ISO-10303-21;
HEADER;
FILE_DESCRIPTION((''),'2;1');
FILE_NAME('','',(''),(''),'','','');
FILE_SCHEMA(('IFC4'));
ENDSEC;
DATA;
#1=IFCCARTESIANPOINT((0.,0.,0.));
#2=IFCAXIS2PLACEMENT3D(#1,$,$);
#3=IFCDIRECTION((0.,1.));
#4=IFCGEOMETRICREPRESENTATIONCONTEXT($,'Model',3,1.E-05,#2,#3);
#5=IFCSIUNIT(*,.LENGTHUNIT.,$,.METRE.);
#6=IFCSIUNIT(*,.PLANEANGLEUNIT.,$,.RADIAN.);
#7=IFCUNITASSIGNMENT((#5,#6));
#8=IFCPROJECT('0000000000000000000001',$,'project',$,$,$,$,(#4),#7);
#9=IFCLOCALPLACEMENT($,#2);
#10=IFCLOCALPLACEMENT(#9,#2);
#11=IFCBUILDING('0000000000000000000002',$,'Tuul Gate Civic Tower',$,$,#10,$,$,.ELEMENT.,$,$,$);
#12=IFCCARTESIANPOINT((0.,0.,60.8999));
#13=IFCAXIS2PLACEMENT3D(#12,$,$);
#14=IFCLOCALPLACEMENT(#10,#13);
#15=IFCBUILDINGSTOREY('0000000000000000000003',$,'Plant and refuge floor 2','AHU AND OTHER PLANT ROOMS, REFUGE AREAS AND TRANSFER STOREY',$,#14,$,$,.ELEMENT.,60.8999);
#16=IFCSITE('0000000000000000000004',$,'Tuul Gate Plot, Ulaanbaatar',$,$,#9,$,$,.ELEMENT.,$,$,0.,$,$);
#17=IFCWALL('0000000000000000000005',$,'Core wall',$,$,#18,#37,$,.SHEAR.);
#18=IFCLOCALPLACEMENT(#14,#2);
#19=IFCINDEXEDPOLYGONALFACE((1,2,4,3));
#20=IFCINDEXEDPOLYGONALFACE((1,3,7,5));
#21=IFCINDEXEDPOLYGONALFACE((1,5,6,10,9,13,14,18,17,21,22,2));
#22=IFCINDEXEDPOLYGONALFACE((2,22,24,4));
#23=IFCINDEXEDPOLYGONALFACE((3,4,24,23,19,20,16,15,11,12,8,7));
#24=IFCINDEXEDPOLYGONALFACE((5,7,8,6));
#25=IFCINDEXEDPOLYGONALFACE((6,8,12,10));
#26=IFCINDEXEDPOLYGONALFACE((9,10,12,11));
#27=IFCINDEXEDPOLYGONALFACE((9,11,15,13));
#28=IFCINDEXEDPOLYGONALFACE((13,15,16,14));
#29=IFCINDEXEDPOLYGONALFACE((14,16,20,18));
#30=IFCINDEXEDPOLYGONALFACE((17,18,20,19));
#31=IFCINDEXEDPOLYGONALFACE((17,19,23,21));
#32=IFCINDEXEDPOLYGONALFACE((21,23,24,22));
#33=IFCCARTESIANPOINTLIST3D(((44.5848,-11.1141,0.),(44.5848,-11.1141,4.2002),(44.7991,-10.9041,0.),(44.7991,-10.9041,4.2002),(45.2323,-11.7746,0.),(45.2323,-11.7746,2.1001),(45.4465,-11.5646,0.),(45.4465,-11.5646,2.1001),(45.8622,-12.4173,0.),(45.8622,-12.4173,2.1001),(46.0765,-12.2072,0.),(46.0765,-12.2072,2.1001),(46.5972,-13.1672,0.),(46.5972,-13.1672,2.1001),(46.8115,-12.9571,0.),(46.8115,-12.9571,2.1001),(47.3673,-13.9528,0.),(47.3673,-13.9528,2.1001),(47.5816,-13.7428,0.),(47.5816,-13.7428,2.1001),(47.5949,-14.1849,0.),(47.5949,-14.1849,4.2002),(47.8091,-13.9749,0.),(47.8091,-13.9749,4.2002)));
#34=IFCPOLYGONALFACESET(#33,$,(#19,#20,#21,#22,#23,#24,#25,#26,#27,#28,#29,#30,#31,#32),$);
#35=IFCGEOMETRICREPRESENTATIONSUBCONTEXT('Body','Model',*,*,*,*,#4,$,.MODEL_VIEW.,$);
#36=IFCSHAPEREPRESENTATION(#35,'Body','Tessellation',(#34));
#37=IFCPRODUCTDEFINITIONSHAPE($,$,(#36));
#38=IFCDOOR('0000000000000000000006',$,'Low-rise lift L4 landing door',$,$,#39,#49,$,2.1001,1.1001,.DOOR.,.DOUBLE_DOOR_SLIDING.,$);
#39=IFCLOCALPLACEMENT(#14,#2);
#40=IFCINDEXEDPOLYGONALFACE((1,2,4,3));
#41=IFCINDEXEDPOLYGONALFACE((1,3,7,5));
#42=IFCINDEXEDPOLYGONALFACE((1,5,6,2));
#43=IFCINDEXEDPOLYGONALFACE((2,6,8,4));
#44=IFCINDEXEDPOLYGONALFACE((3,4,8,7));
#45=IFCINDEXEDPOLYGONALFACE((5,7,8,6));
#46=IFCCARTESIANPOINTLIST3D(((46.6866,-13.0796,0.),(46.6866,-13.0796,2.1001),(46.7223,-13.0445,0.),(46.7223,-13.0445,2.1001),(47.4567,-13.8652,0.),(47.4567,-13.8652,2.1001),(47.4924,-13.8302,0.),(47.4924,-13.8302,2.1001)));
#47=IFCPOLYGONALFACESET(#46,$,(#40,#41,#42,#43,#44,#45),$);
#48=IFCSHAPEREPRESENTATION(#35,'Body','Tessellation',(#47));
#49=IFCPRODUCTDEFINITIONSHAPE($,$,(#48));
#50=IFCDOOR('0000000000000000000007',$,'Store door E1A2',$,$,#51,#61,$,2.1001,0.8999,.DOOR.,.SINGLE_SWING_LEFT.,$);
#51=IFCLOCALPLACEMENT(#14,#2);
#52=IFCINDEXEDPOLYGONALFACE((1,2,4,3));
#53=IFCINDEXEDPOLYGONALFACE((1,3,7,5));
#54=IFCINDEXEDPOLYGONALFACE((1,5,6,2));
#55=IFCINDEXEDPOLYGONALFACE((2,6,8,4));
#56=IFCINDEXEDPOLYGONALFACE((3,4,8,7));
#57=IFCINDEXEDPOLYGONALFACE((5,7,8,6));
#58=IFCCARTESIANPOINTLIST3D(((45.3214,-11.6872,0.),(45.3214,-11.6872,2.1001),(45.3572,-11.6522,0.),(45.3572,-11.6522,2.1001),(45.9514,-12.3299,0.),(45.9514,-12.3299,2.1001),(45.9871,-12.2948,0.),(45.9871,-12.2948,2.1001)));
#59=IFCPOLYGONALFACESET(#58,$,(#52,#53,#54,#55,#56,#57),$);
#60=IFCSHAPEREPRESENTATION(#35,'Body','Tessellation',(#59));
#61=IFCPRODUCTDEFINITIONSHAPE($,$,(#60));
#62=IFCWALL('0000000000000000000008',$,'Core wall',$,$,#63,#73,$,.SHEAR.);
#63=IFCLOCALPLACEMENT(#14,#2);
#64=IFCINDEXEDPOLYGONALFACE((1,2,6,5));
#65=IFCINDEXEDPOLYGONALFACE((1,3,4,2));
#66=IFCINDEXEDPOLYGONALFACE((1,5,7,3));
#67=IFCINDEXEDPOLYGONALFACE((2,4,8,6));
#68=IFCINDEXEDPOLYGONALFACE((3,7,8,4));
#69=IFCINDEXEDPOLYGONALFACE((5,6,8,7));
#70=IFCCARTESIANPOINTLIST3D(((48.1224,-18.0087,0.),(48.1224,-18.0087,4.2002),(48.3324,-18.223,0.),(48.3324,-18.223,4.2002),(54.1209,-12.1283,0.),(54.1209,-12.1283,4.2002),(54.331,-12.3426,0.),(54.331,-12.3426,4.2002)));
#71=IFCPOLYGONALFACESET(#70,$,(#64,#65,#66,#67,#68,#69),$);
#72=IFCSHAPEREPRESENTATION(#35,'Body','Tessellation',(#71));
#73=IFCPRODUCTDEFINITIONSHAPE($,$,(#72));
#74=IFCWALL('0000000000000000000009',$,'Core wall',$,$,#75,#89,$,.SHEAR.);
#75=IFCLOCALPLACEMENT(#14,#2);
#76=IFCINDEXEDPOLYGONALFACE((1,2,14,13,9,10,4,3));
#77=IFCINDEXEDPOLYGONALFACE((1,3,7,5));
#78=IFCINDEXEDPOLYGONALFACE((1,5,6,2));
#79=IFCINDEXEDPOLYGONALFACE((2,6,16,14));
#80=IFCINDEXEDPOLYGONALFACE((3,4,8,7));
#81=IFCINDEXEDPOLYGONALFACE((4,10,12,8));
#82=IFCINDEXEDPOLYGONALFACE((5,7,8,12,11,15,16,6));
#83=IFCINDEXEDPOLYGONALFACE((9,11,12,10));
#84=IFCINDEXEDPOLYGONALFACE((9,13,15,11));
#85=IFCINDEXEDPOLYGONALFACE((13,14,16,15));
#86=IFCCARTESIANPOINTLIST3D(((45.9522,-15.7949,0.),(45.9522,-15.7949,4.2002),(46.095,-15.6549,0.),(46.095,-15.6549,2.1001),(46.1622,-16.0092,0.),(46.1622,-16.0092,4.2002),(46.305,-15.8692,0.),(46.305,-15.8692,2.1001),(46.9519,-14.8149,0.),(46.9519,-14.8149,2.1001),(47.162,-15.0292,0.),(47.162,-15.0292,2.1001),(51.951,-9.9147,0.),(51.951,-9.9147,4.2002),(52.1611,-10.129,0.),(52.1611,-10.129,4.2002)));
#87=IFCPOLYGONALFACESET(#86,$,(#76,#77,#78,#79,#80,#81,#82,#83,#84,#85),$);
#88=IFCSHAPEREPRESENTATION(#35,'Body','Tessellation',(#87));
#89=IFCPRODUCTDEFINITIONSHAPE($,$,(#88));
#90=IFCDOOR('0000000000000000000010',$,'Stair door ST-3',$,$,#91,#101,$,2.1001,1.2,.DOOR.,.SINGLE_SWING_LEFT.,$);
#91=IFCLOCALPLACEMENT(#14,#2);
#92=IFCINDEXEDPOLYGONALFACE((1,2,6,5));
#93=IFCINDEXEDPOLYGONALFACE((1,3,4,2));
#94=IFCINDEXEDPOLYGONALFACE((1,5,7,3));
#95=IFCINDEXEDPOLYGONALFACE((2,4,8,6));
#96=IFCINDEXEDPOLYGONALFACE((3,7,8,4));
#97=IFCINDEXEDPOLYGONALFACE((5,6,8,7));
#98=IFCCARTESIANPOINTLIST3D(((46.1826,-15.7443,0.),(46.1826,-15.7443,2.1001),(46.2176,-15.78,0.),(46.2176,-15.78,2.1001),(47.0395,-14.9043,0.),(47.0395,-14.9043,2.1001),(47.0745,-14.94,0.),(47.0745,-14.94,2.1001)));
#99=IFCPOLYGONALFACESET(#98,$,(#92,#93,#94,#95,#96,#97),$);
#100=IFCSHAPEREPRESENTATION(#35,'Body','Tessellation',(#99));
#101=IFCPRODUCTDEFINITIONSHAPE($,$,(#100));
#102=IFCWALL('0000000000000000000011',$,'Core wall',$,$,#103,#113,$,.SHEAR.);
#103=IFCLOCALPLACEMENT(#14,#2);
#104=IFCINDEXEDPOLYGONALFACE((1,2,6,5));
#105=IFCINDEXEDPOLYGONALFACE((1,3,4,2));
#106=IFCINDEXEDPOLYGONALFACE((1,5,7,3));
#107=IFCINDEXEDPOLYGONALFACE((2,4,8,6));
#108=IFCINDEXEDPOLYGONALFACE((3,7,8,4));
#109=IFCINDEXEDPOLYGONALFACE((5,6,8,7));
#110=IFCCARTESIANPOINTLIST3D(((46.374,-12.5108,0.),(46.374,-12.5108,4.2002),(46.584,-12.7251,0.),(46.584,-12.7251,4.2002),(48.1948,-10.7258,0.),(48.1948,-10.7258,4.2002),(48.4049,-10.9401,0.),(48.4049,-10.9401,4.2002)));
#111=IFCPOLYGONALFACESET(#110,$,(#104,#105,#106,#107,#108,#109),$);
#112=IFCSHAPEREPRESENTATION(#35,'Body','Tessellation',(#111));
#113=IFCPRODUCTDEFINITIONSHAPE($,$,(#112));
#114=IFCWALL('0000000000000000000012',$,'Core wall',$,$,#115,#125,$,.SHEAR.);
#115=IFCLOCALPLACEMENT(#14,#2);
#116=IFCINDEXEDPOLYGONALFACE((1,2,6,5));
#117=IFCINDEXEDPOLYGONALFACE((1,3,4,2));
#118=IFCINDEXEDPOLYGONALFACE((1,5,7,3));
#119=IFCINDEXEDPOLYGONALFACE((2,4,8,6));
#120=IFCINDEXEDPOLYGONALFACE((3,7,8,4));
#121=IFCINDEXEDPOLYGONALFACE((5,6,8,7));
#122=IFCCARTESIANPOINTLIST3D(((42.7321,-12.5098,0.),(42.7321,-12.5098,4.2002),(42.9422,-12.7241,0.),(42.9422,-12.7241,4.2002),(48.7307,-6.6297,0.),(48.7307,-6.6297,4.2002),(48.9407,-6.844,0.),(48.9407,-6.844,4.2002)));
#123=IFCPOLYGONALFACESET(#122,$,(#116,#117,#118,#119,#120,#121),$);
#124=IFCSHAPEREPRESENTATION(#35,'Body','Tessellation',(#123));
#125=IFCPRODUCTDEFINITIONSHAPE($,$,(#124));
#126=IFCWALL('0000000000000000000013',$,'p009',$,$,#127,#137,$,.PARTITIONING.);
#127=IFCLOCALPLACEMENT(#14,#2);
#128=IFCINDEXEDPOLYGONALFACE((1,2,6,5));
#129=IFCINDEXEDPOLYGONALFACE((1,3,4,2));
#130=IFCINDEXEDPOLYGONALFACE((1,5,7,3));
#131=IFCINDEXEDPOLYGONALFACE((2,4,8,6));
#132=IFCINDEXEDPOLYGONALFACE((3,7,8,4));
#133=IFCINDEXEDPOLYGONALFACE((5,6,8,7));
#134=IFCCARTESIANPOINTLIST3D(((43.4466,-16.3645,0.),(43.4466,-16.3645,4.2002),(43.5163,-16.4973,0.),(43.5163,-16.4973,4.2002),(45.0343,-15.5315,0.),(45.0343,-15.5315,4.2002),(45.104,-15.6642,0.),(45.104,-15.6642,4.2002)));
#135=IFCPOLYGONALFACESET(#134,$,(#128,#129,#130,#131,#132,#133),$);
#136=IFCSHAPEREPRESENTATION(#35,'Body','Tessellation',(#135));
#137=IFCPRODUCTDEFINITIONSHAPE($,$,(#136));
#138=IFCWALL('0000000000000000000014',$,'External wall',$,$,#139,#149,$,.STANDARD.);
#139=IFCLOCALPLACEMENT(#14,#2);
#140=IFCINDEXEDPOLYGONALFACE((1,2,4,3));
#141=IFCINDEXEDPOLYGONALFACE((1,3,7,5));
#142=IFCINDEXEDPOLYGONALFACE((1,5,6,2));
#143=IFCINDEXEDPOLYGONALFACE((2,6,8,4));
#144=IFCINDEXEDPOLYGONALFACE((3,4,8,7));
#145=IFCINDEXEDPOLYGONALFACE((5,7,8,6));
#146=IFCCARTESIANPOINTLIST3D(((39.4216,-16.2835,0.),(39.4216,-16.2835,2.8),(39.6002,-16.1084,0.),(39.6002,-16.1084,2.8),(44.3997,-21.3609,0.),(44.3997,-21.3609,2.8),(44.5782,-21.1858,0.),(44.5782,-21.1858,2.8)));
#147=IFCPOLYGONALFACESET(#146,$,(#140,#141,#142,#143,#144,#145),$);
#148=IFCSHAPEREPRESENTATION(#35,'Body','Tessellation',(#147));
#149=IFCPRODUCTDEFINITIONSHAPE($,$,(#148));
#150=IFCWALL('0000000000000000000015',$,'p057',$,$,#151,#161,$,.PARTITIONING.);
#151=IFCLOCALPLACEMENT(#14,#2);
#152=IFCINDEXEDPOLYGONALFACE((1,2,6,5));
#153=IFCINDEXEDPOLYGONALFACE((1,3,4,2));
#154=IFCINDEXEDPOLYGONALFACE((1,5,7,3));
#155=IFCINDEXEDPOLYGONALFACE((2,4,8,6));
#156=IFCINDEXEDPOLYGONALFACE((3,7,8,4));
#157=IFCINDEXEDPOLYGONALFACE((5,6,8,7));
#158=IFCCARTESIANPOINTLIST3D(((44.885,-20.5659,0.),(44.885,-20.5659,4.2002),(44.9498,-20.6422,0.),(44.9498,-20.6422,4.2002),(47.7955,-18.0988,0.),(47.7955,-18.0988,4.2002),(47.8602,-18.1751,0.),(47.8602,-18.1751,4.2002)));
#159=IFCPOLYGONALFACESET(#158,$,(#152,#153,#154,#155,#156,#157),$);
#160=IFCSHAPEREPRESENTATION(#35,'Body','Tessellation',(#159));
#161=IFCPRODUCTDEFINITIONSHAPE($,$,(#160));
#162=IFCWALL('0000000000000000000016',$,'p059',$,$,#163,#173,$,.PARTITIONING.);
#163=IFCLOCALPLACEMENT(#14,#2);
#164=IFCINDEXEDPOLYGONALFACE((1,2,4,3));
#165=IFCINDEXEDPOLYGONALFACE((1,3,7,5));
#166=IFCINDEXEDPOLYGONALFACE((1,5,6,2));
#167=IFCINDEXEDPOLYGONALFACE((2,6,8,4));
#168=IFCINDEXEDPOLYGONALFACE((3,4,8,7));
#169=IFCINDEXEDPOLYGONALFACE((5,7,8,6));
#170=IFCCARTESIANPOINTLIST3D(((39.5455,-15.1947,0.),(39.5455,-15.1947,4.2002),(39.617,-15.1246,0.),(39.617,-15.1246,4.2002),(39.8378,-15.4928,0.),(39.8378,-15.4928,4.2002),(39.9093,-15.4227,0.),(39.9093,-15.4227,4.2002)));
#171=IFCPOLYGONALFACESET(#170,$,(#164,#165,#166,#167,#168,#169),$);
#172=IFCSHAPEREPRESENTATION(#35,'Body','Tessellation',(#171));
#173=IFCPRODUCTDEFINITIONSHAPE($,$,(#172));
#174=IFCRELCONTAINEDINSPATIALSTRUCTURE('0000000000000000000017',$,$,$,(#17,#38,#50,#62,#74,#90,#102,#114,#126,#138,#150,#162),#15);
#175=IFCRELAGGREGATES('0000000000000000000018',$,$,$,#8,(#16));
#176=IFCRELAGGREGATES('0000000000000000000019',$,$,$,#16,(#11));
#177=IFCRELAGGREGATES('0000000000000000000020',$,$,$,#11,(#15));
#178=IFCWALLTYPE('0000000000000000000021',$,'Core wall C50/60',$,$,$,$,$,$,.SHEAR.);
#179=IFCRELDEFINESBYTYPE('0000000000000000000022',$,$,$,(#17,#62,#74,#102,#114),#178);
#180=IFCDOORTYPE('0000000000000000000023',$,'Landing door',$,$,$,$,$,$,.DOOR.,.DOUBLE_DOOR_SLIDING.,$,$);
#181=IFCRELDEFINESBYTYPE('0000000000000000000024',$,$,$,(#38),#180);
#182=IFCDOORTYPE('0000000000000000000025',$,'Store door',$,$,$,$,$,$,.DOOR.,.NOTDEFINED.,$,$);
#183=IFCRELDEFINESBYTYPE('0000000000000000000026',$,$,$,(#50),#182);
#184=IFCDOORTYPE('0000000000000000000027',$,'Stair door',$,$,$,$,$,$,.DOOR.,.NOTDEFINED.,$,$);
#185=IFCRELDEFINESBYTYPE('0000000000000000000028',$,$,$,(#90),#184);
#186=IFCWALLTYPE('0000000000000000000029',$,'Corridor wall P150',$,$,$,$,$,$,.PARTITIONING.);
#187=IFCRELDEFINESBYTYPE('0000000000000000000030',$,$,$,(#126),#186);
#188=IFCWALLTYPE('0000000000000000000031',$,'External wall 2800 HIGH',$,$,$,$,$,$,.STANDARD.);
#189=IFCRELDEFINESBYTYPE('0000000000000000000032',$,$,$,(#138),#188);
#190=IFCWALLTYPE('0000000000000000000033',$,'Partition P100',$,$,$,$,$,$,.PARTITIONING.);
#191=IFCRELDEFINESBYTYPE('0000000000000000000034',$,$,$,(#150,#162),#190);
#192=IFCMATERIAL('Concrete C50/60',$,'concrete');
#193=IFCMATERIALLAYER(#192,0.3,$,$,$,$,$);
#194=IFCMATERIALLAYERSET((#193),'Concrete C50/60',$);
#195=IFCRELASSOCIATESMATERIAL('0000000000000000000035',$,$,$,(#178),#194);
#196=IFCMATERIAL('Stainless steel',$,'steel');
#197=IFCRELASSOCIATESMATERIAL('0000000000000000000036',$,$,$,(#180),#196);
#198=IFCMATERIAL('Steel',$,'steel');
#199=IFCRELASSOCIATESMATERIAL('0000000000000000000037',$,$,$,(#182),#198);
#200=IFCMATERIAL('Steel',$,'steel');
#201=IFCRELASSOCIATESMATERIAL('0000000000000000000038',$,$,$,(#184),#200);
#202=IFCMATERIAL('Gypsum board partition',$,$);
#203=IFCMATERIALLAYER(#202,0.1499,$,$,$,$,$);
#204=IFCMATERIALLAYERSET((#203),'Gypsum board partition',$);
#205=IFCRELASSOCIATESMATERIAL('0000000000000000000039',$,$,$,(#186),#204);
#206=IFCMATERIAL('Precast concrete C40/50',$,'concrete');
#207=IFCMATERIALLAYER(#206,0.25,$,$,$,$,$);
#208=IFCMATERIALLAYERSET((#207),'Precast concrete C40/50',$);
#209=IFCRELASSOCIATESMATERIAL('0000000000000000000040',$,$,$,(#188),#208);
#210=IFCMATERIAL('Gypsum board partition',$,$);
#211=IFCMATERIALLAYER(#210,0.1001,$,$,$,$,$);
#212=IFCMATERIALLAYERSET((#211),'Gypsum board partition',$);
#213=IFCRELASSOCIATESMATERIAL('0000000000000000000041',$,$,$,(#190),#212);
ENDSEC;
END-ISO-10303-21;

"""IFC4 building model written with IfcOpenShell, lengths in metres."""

from ifc_helpers import new_model, si_unit, direction, frame, frame_2d, origin, place, context, subcontext, project, spatial, rectangle, extrude, material, layer, layer_set, type_object, element, fill, save


model = new_model("IFC4")

# Units and contexts
model_context = context("Model", 3, precision=1e-05, world=origin(), true_north=direction((0.0, 1.0)))
body_context = subcontext(model_context, "Body", "Model", "MODEL_VIEW")
ifc_project = project(units=[si_unit("LENGTHUNIT", "METRE"), si_unit("PLANEANGLEUNIT", "RADIAN")], contexts=[model_context])

# Site, building, storey
site_placement = place(None, origin())
site = spatial("IfcSite", under=ifc_project, at=site_placement, Name="Tuul Gate Plot, Ulaanbaatar", CompositionType="ELEMENT", RefElevation=0.0)
building_placement = place(site_placement, origin())
building = spatial("IfcBuilding", under=site, at=building_placement, Name="Tuul Gate Civic Tower", CompositionType="ELEMENT")
storey_placement = place(building_placement, frame((0.0, 0.0, 60.8999)))
storey = spatial("IfcBuildingStorey", under=building, at=storey_placement, Name="Plant and refuge floor 2", Description="AHU AND OTHER PLANT ROOMS, REFUGE AREAS AND TRANSFER STOREY", CompositionType="ELEMENT", Elevation=60.8999)

# Shared definitions
ifc_material_1 = material(Name="Concrete C50/60", Category="concrete")
ifc_layer_1 = layer(ifc_material_1, 0.3)
ifc_layer_set_1 = layer_set([ifc_layer_1], Name="Concrete C50/60")
wall_type_1 = type_object("IfcWallType", Name="Core wall C50/60", PredefinedType="SHEAR", material=ifc_layer_set_1)

# Wall, openings, doors
wall_1_placement = place(storey_placement, frame((47.7019, -14.0798, 0.0), z_axis=(0.0, 0.0, 1.0), x_axis=(-0.700003, 0.71414, 0.0)))
wall_1 = element("IfcWall", 1, at=wall_1_placement, inside=storey, type_object=wall_type_1, Name="Core wall", PredefinedType="SHEAR", context=body_context, shape_type="SweptSolid", body=[
    extrude(rectangle(XDim=4.3, YDim=0.3, at=frame_2d((2.1499, 0.0))), origin(), (0.0, 0.0, 1.0), 4.2002),
])
opening_1_placement = place(wall_1_placement, frame((0.325, 0.0, 0.0)))
opening_1 = element("IfcOpeningElement", 2, at=opening_1_placement, cuts=wall_1, PredefinedType="OPENING", context=body_context, shape_type="SweptSolid", body=[
    extrude(rectangle(XDim=1.1001, YDim=2.1001, at=frame_2d((0.55, 1.05))), frame((0.0, 0.1602, 0.0), z_axis=(0.0, -1.0, 0.0), x_axis=(1.0, 0.0, 0.0)), (0.0, 0.0, 1.0), 0.3201),
])
opening_2_placement = place(wall_1_placement, frame((2.4751, 0.0, 0.0)))
opening_2 = element("IfcOpeningElement", 3, at=opening_2_placement, cuts=wall_1, PredefinedType="OPENING", context=body_context, shape_type="SweptSolid", body=[
    extrude(rectangle(XDim=0.8999, YDim=2.1001, at=frame_2d((0.45, 1.05))), frame((0.0, 0.1602, 0.0), z_axis=(0.0, -1.0, 0.0), x_axis=(1.0, 0.0, 0.0)), (0.0, 0.0, 1.0), 0.3201),
])
ifc_material_2 = material(Name="Stainless steel", Category="steel")
door_type_1 = type_object("IfcDoorType", Name="Landing door", OperationType="DOUBLE_DOOR_SLIDING", PredefinedType="DOOR", material=ifc_material_2)
door_1_placement = place(opening_1_placement, origin())
door_1 = element("IfcDoor", 4, at=door_1_placement, inside=storey, type_object=door_type_1, Name="Low-rise lift L4 landing door", OperationType="DOUBLE_DOOR_SLIDING", OverallHeight=2.1001, OverallWidth=1.1001, PredefinedType="DOOR", context=body_context, shape_type="SweptSolid", body=[
    extrude(rectangle(XDim=1.1001, YDim=2.1001, at=frame_2d((0.55, 1.05))), frame((0.0, 0.0249, 0.0), z_axis=(0.0, -1.0, 0.0), x_axis=(1.0, 0.0, 0.0)), (0.0, 0.0, 1.0), 0.05),
])
fill(opening_1, door_1)
ifc_material_3 = material(Name="Steel", Category="steel")
door_type_2 = type_object("IfcDoorType", Name="Store door", OperationType="NOTDEFINED", PredefinedType="DOOR", material=ifc_material_3)
door_2_placement = place(opening_2_placement, frame((0.8999, 0.0, 0.0), z_axis=(0.0, 0.0, 1.0), x_axis=(-1.0, 0.0, 0.0)))
door_2 = element("IfcDoor", 5, at=door_2_placement, inside=storey, type_object=door_type_2, Name="Store door E1A2", OperationType="SINGLE_SWING_LEFT", OverallHeight=2.1001, OverallWidth=0.8999, PredefinedType="DOOR", context=body_context, shape_type="SweptSolid", body=[
    extrude(rectangle(XDim=0.8999, YDim=2.1001, at=frame_2d((0.45, 1.05))), frame((0.0, 0.0249, 0.0), z_axis=(0.0, -1.0, 0.0), x_axis=(1.0, 0.0, 0.0)), (0.0, 0.0, 1.0), 0.05),
])
fill(opening_2, door_2)

# Wall
wall_2_placement = place(storey_placement, frame((48.2273, -18.116, 0.0), z_axis=(0.0, 0.0, 1.0), x_axis=(0.714105, 0.700038, 0.0)))
element("IfcWall", 6, at=wall_2_placement, inside=storey, type_object=wall_type_1, Name="Core wall", PredefinedType="SHEAR", context=body_context, shape_type="SweptSolid", body=[
    extrude(rectangle(XDim=8.4001, YDim=0.3, at=frame_2d((4.2002, 0.0))), origin(), (0.0, 0.0, 1.0), 4.2002),
])

# Wall, opening, door
wall_3_placement = place(storey_placement, frame((46.0571, -15.9021, 0.0), z_axis=(0.0, 0.0, 1.0), x_axis=(0.714134, 0.700009, 0.0)))
wall_3 = element("IfcWall", 7, at=wall_3_placement, inside=storey, type_object=wall_type_1, Name="Core wall", PredefinedType="SHEAR", context=body_context, shape_type="SweptSolid", body=[
    extrude(rectangle(XDim=8.4001, YDim=0.3, at=frame_2d((4.2002, 0.0))), origin(), (0.0, 0.0, 1.0), 4.2002),
])
opening_3_placement = place(wall_3_placement, frame((0.2, 0.0, 0.0)))
opening_3 = element("IfcOpeningElement", 8, at=opening_3_placement, cuts=wall_3, PredefinedType="OPENING", context=body_context, shape_type="SweptSolid", body=[
    extrude(rectangle(XDim=1.2, YDim=2.1001, at=frame_2d((0.6001, 1.05))), frame((0.0, 0.1602, 0.0), z_axis=(0.0, -1.0, 0.0), x_axis=(1.0, 0.0, 0.0)), (0.0, 0.0, 1.0), 0.3201),
])
ifc_material_4 = material(Name="Steel", Category="steel")
door_type_3 = type_object("IfcDoorType", Name="Stair door", OperationType="NOTDEFINED", PredefinedType="DOOR", material=ifc_material_4)
door_3_placement = place(opening_3_placement, origin())
door_3 = element("IfcDoor", 9, at=door_3_placement, inside=storey, type_object=door_type_3, Name="Stair door ST-3", OperationType="SINGLE_SWING_LEFT", OverallHeight=2.1001, OverallWidth=1.2, PredefinedType="DOOR", context=body_context, shape_type="SweptSolid", body=[
    extrude(rectangle(XDim=1.2, YDim=2.1001, at=frame_2d((0.6001, 1.05))), frame((0.0, 0.0249, 0.0), z_axis=(0.0, -1.0, 0.0), x_axis=(1.0, 0.0, 0.0)), (0.0, 0.0, 1.0), 0.05),
])
fill(opening_3, door_3)

# Walls
wall_4_placement = place(storey_placement, frame((46.479, -12.6179, 0.0), z_axis=(0.0, 0.0, 1.0), x_axis=(0.714109, 0.700034, 0.0)))
element("IfcWall", 10, at=wall_4_placement, inside=storey, type_object=wall_type_1, Name="Core wall", PredefinedType="SHEAR", context=body_context, shape_type="SweptSolid", body=[
    extrude(rectangle(XDim=2.5498, YDim=0.3, at=frame_2d((1.2749, 0.0))), origin(), (0.0, 0.0, 1.0), 4.2002),
])
wall_5_placement = place(storey_placement, frame((42.8372, -12.6169, 0.0), z_axis=(0.0, 0.0, 1.0), x_axis=(0.71412, 0.700023, 0.0)))
element("IfcWall", 11, at=wall_5_placement, inside=storey, type_object=wall_type_1, Name="Core wall", PredefinedType="SHEAR", context=body_context, shape_type="SweptSolid", body=[
    extrude(rectangle(XDim=8.3999, YDim=0.3, at=frame_2d((4.2, 0.0))), origin(), (0.0, 0.0, 1.0), 4.2002),
])
ifc_material_5 = material(Name="Gypsum board partition")
ifc_layer_2 = layer(ifc_material_5, 0.1499)
ifc_layer_set_2 = layer_set([ifc_layer_2], Name="Gypsum board partition")
wall_type_2 = type_object("IfcWallType", Name="Corridor wall P150", PredefinedType="PARTITIONING", material=ifc_layer_set_2)
wall_6_placement = place(storey_placement, frame((43.4814, -16.4309, 0.0), z_axis=(0.0, 0.0, 1.0), x_axis=(0.885514, 0.464612, 0.0)))
element("IfcWall", 12, at=wall_6_placement, inside=storey, type_object=wall_type_2, Name="p009", PredefinedType="PARTITIONING", context=body_context, shape_type="SweptSolid", body=[
    extrude(rectangle(XDim=1.793, YDim=0.1499, at=frame_2d((0.8965, 0.0))), origin(), (0.0, 0.0, 1.0), 4.2002),
])
ifc_material_6 = material(Name="Precast concrete C40/50", Category="concrete")
ifc_layer_3 = layer(ifc_material_6, 0.25)
ifc_layer_set_3 = layer_set([ifc_layer_3], Name="Precast concrete C40/50")
wall_type_3 = type_object("IfcWallType", Name="External wall 2800 HIGH", PredefinedType="STANDARD", material=ifc_layer_set_3)
wall_7_placement = place(storey_placement, frame((39.511, -16.196, 0.0), z_axis=(0.0, 0.0, 1.0), x_axis=(0.700085, -0.714059, 0.0)))
element("IfcWall", 13, at=wall_7_placement, inside=storey, type_object=wall_type_3, Name="External wall", PredefinedType="STANDARD", context=body_context, shape_type="SweptSolid", body=[
    extrude(rectangle(XDim=7.1106, YDim=0.25, at=frame_2d((3.5552, 0.0))), origin(), (0.0, 0.0, 1.0), 2.8),
])
ifc_material_7 = material(Name="Gypsum board partition")
ifc_layer_4 = layer(ifc_material_7, 0.1001)
ifc_layer_set_4 = layer_set([ifc_layer_4], Name="Gypsum board partition")
wall_type_4 = type_object("IfcWallType", Name="Partition P100", PredefinedType="PARTITIONING", material=ifc_layer_set_4)
wall_8_placement = place(storey_placement, frame((47.8279, -18.137, 0.0), z_axis=(0.0, 0.0, 1.0), x_axis=(-0.762818, -0.646613, 0.0)))
element("IfcWall", 14, at=wall_8_placement, inside=storey, type_object=wall_type_4, Name="p057", PredefinedType="PARTITIONING", context=body_context, shape_type="SweptSolid", body=[
    extrude(rectangle(XDim=3.8154, YDim=0.1001, at=frame_2d((1.9077, 0.0))), origin(), (0.0, 0.0, 1.0), 4.2002),
])
wall_9_placement = place(storey_placement, frame((39.8735, -15.4578, 0.0), z_axis=(0.0, 0.0, 1.0), x_axis=(-0.700054, 0.71409, 0.0)))
element("IfcWall", 15, at=wall_9_placement, inside=storey, type_object=wall_type_4, Name="p059", PredefinedType="PARTITIONING", context=body_context, shape_type="SweptSolid", body=[
    extrude(rectangle(XDim=0.4175, YDim=0.1001, at=frame_2d((0.2087, 0.0))), origin(), (0.0, 0.0, 1.0), 4.2002),
])

save(model, "model.ifc")
